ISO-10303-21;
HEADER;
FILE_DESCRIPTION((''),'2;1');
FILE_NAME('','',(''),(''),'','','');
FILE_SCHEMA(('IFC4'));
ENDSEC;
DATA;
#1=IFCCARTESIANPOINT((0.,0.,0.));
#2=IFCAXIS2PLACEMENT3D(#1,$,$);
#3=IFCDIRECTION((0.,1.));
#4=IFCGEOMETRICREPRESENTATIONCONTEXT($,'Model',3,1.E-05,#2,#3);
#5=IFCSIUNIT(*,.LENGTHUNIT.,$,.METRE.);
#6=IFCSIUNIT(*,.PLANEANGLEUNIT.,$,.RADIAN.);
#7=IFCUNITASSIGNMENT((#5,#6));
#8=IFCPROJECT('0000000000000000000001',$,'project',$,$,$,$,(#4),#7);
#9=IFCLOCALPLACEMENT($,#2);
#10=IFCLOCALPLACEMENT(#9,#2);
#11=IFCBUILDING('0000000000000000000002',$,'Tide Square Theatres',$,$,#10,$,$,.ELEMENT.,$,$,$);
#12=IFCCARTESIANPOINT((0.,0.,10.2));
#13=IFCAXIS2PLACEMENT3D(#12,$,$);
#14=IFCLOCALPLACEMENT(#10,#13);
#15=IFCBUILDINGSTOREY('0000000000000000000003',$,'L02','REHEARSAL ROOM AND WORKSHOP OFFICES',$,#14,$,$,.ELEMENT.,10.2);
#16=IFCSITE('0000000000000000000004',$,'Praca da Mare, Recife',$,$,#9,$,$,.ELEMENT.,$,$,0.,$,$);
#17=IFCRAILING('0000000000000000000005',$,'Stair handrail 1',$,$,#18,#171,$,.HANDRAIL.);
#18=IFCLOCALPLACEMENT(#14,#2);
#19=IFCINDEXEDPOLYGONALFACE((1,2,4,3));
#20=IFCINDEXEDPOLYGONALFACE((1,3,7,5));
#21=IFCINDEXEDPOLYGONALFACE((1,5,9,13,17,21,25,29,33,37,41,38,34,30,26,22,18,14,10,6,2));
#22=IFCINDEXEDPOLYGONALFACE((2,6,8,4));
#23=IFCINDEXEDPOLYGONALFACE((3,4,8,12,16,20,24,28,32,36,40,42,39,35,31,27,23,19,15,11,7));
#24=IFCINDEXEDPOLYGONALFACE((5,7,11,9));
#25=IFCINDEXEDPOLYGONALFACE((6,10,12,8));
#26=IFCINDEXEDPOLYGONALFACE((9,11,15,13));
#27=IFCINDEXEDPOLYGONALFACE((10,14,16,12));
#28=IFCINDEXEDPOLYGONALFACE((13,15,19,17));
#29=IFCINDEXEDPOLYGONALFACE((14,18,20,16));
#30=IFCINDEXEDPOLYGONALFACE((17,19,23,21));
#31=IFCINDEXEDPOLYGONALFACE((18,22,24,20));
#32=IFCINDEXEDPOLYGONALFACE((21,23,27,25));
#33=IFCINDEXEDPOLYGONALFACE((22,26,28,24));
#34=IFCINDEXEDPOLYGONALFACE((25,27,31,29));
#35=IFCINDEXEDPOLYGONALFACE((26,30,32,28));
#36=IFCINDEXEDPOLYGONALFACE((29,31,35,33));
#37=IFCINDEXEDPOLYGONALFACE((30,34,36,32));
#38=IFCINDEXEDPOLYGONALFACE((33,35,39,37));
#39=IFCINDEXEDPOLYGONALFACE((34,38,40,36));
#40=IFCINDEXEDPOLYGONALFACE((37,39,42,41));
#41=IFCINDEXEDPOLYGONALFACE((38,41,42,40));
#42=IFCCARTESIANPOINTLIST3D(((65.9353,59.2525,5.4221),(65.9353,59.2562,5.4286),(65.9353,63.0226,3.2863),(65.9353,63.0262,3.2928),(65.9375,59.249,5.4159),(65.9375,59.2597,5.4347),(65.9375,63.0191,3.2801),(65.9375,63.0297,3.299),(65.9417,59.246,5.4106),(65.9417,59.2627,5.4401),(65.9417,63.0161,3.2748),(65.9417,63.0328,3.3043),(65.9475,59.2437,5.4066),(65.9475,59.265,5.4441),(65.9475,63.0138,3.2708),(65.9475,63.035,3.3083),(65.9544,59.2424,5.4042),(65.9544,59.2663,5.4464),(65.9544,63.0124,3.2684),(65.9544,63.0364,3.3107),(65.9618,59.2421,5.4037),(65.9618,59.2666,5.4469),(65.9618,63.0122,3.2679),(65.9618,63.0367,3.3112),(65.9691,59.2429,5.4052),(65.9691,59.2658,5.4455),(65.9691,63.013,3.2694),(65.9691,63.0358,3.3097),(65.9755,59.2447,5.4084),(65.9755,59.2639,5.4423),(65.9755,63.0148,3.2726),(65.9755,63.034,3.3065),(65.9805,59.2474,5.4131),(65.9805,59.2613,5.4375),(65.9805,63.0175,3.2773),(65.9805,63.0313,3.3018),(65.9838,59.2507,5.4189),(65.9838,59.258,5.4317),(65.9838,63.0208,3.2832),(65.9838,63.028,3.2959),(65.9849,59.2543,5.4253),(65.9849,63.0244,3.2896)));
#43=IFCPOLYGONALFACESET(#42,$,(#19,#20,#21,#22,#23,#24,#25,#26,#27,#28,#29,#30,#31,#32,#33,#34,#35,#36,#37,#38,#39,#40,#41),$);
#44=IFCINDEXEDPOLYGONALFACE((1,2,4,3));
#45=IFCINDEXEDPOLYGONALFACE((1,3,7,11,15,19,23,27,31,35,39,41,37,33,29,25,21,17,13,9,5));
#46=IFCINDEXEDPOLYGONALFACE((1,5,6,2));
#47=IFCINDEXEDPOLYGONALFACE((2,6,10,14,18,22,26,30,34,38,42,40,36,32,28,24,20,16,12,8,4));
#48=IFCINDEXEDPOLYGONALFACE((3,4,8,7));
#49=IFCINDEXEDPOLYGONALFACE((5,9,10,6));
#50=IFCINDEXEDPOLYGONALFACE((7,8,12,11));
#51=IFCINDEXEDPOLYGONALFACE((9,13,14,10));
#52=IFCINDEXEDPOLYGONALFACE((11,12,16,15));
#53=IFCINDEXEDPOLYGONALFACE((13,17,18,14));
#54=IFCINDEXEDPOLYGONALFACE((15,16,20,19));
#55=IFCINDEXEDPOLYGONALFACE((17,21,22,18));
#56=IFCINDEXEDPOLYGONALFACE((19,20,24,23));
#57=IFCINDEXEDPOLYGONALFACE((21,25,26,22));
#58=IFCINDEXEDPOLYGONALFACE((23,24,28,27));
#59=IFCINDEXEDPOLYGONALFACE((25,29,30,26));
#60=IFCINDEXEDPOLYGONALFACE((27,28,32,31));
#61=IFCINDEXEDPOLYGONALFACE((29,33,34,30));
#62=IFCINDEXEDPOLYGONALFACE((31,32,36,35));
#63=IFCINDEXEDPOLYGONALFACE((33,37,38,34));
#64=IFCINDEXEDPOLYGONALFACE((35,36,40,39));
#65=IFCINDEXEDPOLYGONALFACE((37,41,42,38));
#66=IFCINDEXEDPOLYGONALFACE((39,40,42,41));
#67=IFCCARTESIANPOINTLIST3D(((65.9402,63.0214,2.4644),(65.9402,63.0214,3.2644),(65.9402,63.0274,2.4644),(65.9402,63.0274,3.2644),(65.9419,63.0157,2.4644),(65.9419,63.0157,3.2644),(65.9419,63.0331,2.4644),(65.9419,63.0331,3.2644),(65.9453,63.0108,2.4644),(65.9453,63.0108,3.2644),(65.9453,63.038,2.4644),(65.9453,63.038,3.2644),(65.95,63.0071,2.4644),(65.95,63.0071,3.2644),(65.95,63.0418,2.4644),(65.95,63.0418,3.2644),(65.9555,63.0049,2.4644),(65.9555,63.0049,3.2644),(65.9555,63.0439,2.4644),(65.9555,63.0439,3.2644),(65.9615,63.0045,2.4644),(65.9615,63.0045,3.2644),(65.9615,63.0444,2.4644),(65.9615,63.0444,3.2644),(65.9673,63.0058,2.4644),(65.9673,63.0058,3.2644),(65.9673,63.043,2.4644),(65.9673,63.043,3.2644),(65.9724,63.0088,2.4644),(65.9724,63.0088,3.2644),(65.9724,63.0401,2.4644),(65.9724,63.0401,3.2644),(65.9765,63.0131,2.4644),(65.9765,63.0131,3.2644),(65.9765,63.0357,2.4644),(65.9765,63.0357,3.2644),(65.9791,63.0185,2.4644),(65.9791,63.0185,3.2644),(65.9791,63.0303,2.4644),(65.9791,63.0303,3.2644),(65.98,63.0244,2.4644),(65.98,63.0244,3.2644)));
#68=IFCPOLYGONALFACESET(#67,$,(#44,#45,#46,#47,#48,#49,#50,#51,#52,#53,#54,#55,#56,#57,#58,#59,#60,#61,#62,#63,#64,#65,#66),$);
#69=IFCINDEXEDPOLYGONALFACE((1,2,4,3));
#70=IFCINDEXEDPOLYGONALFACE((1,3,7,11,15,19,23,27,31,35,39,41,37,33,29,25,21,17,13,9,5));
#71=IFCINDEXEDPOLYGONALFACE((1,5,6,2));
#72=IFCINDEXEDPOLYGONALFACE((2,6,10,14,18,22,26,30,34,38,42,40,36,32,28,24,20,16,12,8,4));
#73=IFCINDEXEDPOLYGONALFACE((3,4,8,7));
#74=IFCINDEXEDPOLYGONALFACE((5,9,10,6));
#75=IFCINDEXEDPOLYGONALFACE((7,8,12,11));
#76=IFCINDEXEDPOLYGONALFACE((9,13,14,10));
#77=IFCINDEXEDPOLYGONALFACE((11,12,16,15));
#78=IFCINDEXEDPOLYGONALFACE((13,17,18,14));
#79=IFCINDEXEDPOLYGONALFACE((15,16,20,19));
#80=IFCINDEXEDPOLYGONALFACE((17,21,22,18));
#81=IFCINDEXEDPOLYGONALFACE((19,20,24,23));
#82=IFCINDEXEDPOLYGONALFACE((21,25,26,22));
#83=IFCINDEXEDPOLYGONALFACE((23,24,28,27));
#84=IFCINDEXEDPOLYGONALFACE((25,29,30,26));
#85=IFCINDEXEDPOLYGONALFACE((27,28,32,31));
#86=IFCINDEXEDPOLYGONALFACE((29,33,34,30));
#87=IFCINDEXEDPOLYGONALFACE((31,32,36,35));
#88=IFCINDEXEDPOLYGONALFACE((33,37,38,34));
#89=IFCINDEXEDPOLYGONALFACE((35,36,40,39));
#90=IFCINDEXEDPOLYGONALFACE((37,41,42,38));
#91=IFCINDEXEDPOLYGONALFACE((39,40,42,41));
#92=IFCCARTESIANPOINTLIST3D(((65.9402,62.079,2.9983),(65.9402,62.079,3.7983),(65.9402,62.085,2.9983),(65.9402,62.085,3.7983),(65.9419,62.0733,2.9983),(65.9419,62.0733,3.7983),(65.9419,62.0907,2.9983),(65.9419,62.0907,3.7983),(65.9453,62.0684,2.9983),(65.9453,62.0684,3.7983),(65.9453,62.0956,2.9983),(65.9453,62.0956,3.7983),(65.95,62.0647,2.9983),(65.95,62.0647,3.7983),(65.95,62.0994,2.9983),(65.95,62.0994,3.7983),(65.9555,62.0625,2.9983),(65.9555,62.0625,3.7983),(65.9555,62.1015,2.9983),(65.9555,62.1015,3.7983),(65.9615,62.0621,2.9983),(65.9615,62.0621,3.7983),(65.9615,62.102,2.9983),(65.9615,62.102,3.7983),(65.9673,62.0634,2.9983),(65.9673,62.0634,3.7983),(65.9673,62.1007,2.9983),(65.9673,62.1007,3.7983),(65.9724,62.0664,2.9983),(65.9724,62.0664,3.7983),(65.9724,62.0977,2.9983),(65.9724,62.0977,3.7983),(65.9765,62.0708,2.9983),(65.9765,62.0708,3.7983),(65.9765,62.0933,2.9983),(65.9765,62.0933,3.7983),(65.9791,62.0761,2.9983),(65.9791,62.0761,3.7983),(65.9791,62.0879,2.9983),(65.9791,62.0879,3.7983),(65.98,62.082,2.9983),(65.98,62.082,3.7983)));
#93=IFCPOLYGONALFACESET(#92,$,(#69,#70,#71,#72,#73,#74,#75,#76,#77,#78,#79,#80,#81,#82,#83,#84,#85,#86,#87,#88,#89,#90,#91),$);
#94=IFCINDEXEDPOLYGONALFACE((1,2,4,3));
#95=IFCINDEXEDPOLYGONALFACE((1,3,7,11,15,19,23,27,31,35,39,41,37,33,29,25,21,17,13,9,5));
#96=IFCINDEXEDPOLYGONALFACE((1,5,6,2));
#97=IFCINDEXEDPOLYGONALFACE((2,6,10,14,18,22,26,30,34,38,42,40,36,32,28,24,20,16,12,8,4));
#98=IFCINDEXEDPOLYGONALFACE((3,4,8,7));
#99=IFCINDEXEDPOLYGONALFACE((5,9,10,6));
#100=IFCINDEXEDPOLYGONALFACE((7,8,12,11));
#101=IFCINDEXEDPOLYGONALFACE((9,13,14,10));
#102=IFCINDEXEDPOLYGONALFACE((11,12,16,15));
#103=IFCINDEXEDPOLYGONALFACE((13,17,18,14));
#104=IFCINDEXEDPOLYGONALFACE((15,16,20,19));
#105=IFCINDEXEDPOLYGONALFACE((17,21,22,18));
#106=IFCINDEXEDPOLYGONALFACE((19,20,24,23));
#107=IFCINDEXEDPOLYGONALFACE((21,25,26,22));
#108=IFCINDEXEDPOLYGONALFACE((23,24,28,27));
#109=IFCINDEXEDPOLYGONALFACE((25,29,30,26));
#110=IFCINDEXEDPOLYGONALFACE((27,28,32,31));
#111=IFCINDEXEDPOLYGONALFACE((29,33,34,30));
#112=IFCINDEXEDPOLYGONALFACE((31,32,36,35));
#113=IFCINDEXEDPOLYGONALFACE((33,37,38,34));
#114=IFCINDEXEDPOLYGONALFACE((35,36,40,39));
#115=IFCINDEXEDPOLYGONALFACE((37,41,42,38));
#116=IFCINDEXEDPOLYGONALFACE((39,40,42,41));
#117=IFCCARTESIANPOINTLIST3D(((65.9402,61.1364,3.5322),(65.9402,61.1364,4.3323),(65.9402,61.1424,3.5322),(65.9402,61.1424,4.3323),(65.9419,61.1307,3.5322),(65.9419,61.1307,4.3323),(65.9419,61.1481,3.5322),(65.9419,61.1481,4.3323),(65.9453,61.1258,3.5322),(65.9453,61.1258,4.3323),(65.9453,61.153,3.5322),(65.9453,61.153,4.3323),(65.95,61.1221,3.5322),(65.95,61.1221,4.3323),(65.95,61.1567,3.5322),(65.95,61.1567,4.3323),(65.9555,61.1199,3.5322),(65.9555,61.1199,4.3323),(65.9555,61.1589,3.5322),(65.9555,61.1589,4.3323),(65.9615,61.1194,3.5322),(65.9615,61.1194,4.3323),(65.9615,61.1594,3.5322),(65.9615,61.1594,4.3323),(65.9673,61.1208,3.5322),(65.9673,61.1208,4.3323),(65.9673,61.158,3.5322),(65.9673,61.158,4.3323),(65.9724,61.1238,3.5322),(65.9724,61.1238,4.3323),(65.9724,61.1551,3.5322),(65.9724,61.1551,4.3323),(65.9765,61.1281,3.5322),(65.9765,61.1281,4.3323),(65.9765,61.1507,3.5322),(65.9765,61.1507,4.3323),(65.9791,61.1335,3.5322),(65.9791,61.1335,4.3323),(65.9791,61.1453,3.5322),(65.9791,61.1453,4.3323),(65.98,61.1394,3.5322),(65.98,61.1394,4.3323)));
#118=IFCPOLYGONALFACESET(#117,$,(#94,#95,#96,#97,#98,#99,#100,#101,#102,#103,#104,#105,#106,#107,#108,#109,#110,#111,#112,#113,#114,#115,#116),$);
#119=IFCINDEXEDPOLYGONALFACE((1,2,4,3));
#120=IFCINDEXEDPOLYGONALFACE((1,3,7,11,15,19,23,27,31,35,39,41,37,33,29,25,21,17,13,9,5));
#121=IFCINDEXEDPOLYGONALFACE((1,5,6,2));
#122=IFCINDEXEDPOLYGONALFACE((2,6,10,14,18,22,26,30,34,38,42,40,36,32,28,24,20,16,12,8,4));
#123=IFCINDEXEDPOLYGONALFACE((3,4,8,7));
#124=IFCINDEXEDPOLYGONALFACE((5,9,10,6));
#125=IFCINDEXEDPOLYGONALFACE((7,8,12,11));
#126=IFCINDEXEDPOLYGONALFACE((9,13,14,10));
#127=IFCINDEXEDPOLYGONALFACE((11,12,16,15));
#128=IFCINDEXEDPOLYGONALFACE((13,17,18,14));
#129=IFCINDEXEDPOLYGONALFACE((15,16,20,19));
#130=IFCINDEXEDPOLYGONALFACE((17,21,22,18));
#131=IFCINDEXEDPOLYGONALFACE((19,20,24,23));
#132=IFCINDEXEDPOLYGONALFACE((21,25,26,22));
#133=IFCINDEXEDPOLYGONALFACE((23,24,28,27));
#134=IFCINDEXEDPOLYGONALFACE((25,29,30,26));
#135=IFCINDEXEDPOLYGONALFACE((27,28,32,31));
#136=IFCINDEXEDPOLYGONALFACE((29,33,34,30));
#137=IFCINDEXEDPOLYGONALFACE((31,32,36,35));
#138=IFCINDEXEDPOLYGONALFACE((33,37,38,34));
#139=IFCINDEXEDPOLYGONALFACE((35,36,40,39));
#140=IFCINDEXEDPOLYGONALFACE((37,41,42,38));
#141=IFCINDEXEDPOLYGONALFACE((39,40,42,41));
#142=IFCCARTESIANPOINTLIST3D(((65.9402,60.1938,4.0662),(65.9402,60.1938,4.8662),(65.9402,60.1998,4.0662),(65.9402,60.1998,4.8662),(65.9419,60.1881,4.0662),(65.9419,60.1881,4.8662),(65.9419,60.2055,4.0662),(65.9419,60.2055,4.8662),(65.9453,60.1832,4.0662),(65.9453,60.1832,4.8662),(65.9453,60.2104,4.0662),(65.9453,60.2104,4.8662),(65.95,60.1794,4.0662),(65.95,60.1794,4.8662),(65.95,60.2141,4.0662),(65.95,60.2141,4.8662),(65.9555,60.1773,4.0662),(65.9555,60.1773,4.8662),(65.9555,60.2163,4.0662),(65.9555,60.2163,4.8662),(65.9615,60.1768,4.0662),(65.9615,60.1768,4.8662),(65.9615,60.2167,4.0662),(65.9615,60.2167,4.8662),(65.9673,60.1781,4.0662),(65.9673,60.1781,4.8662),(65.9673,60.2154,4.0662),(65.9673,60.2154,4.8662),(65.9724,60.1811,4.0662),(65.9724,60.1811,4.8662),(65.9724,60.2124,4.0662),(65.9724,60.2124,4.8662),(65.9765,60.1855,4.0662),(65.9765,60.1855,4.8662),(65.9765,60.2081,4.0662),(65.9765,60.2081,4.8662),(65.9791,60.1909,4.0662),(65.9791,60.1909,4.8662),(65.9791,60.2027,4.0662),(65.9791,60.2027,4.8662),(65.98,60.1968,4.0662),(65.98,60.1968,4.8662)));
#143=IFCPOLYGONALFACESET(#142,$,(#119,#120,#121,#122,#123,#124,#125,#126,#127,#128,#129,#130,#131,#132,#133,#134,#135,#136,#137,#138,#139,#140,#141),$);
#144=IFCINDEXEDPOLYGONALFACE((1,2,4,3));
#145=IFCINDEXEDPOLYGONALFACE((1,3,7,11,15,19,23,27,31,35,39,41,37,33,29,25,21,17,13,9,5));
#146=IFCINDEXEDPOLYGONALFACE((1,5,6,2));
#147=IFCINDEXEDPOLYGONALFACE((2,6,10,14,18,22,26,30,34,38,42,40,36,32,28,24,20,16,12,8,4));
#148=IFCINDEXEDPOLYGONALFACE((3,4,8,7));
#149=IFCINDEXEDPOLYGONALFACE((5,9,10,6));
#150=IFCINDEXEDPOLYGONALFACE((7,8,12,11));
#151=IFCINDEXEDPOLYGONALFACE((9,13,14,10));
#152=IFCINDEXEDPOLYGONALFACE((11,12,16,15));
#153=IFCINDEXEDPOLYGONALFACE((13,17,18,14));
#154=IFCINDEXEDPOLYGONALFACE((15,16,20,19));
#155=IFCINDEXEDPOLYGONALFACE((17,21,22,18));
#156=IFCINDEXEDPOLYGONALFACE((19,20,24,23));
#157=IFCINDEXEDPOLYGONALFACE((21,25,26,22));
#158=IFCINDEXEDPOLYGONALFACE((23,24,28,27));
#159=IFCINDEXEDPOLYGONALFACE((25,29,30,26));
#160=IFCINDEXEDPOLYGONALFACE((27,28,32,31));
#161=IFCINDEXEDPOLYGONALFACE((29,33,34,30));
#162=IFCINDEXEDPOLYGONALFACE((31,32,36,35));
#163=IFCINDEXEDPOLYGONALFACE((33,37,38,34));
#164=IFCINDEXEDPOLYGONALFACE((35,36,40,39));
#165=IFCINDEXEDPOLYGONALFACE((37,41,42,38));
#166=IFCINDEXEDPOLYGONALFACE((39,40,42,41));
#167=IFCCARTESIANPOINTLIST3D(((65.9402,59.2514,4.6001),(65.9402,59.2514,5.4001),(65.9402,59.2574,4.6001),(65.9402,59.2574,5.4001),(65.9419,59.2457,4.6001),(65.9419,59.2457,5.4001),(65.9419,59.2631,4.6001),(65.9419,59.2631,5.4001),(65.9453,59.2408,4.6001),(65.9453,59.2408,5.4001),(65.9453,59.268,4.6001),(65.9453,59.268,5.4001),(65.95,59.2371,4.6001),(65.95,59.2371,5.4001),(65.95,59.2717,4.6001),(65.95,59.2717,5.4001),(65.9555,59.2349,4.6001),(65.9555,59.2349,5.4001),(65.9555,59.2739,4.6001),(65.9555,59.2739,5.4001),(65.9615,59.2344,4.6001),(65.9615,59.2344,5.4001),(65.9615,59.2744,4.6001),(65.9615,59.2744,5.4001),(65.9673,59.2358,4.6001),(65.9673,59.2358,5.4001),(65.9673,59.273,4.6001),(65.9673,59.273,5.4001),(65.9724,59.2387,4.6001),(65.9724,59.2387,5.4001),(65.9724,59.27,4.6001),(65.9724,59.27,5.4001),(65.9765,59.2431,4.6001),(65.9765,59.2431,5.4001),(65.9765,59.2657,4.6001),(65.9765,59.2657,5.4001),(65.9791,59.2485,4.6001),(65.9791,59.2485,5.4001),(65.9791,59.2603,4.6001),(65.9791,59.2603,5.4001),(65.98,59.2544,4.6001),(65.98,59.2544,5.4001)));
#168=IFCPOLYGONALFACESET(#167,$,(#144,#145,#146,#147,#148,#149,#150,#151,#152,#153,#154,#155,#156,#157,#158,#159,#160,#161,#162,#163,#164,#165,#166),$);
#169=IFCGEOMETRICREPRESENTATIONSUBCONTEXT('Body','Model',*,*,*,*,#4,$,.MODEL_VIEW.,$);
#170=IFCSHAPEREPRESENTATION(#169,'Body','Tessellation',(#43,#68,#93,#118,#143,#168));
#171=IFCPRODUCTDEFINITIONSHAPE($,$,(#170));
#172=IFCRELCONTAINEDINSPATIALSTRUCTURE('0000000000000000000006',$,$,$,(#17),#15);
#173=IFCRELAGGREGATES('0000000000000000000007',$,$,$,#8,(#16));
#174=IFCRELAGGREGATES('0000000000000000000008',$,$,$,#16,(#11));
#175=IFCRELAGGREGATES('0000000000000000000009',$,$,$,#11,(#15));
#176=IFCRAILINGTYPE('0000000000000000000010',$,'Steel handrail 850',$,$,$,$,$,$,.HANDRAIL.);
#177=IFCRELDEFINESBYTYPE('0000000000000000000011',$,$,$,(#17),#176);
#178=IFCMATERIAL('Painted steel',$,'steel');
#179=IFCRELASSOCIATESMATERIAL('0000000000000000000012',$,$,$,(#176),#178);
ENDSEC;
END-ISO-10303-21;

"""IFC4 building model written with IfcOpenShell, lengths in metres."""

from ifc_helpers import new_model, si_unit, direction, frame, origin, origin_2d, place, context, subcontext, project, spatial, circle, extrude, material, type_object, element, save


model = new_model("IFC4")

# Units and contexts
model_context = context("Model", 3, precision=1e-05, world=origin(), true_north=direction((0.0, 1.0)))
body_context = subcontext(model_context, "Body", "Model", "MODEL_VIEW")
ifc_project = project(units=[si_unit("LENGTHUNIT", "METRE"), si_unit("PLANEANGLEUNIT", "RADIAN")], contexts=[model_context])

# Site, building, storey
site_placement = place(None, origin())
site = spatial("IfcSite", under=ifc_project, at=site_placement, Name="Praca da Mare, Recife", CompositionType="ELEMENT", RefElevation=0.0)
building_placement = place(site_placement, origin())
building = spatial("IfcBuilding", under=site, at=building_placement, Name="Tide Square Theatres", CompositionType="ELEMENT")
storey_placement = place(building_placement, frame((0.0, 0.0, 10.2)))
storey = spatial("IfcBuildingStorey", under=building, at=storey_placement, Name="L02", Description="REHEARSAL ROOM AND WORKSHOP OFFICES", CompositionType="ELEMENT", Elevation=10.2)

# Railing
ifc_material_1 = material(Name="Painted steel", Category="steel")
railing_type = type_object("IfcRailingType", Name="Steel handrail 850", PredefinedType="HANDRAIL", material=ifc_material_1)
for number, where, name in (
    (1, (65.96, 63.0244, 2.4644), "Stair handrail 1"),
):
    element("IfcRailing", number, at=place(storey_placement, frame(where)), inside=storey, type_object=railing_type, Name=name, PredefinedType="HANDRAIL", context=body_context, shape_type="SweptSolid", body=[
        extrude(circle(Radius=0.0249, at=origin_2d()), frame((0.0, 0.0, 0.8252), z_axis=(0.0, -0.870082, 0.492907), x_axis=(1.0, 0.0, 0.0)), (0.0, 0.0, 1.0), 4.333),
        extrude(circle(Radius=0.02, at=origin_2d()), origin(), (0.0, 0.0, 1.0), 0.8),
        extrude(circle(Radius=0.02, at=origin_2d()), frame((0.0, -0.9424, 0.5339)), (0.0, 0.0, 1.0), 0.8),
        extrude(circle(Radius=0.02, at=origin_2d()), frame((0.0, -1.885, 1.0679)), (0.0, 0.0, 1.0), 0.8),
        extrude(circle(Radius=0.02, at=origin_2d()), frame((0.0, -2.8276, 1.6018)), (0.0, 0.0, 1.0), 0.8),
        extrude(circle(Radius=0.02, at=origin_2d()), frame((0.0, -3.77, 2.1357)), (0.0, 0.0, 1.0), 0.8),
    ])

save(model, "model.ifc")
